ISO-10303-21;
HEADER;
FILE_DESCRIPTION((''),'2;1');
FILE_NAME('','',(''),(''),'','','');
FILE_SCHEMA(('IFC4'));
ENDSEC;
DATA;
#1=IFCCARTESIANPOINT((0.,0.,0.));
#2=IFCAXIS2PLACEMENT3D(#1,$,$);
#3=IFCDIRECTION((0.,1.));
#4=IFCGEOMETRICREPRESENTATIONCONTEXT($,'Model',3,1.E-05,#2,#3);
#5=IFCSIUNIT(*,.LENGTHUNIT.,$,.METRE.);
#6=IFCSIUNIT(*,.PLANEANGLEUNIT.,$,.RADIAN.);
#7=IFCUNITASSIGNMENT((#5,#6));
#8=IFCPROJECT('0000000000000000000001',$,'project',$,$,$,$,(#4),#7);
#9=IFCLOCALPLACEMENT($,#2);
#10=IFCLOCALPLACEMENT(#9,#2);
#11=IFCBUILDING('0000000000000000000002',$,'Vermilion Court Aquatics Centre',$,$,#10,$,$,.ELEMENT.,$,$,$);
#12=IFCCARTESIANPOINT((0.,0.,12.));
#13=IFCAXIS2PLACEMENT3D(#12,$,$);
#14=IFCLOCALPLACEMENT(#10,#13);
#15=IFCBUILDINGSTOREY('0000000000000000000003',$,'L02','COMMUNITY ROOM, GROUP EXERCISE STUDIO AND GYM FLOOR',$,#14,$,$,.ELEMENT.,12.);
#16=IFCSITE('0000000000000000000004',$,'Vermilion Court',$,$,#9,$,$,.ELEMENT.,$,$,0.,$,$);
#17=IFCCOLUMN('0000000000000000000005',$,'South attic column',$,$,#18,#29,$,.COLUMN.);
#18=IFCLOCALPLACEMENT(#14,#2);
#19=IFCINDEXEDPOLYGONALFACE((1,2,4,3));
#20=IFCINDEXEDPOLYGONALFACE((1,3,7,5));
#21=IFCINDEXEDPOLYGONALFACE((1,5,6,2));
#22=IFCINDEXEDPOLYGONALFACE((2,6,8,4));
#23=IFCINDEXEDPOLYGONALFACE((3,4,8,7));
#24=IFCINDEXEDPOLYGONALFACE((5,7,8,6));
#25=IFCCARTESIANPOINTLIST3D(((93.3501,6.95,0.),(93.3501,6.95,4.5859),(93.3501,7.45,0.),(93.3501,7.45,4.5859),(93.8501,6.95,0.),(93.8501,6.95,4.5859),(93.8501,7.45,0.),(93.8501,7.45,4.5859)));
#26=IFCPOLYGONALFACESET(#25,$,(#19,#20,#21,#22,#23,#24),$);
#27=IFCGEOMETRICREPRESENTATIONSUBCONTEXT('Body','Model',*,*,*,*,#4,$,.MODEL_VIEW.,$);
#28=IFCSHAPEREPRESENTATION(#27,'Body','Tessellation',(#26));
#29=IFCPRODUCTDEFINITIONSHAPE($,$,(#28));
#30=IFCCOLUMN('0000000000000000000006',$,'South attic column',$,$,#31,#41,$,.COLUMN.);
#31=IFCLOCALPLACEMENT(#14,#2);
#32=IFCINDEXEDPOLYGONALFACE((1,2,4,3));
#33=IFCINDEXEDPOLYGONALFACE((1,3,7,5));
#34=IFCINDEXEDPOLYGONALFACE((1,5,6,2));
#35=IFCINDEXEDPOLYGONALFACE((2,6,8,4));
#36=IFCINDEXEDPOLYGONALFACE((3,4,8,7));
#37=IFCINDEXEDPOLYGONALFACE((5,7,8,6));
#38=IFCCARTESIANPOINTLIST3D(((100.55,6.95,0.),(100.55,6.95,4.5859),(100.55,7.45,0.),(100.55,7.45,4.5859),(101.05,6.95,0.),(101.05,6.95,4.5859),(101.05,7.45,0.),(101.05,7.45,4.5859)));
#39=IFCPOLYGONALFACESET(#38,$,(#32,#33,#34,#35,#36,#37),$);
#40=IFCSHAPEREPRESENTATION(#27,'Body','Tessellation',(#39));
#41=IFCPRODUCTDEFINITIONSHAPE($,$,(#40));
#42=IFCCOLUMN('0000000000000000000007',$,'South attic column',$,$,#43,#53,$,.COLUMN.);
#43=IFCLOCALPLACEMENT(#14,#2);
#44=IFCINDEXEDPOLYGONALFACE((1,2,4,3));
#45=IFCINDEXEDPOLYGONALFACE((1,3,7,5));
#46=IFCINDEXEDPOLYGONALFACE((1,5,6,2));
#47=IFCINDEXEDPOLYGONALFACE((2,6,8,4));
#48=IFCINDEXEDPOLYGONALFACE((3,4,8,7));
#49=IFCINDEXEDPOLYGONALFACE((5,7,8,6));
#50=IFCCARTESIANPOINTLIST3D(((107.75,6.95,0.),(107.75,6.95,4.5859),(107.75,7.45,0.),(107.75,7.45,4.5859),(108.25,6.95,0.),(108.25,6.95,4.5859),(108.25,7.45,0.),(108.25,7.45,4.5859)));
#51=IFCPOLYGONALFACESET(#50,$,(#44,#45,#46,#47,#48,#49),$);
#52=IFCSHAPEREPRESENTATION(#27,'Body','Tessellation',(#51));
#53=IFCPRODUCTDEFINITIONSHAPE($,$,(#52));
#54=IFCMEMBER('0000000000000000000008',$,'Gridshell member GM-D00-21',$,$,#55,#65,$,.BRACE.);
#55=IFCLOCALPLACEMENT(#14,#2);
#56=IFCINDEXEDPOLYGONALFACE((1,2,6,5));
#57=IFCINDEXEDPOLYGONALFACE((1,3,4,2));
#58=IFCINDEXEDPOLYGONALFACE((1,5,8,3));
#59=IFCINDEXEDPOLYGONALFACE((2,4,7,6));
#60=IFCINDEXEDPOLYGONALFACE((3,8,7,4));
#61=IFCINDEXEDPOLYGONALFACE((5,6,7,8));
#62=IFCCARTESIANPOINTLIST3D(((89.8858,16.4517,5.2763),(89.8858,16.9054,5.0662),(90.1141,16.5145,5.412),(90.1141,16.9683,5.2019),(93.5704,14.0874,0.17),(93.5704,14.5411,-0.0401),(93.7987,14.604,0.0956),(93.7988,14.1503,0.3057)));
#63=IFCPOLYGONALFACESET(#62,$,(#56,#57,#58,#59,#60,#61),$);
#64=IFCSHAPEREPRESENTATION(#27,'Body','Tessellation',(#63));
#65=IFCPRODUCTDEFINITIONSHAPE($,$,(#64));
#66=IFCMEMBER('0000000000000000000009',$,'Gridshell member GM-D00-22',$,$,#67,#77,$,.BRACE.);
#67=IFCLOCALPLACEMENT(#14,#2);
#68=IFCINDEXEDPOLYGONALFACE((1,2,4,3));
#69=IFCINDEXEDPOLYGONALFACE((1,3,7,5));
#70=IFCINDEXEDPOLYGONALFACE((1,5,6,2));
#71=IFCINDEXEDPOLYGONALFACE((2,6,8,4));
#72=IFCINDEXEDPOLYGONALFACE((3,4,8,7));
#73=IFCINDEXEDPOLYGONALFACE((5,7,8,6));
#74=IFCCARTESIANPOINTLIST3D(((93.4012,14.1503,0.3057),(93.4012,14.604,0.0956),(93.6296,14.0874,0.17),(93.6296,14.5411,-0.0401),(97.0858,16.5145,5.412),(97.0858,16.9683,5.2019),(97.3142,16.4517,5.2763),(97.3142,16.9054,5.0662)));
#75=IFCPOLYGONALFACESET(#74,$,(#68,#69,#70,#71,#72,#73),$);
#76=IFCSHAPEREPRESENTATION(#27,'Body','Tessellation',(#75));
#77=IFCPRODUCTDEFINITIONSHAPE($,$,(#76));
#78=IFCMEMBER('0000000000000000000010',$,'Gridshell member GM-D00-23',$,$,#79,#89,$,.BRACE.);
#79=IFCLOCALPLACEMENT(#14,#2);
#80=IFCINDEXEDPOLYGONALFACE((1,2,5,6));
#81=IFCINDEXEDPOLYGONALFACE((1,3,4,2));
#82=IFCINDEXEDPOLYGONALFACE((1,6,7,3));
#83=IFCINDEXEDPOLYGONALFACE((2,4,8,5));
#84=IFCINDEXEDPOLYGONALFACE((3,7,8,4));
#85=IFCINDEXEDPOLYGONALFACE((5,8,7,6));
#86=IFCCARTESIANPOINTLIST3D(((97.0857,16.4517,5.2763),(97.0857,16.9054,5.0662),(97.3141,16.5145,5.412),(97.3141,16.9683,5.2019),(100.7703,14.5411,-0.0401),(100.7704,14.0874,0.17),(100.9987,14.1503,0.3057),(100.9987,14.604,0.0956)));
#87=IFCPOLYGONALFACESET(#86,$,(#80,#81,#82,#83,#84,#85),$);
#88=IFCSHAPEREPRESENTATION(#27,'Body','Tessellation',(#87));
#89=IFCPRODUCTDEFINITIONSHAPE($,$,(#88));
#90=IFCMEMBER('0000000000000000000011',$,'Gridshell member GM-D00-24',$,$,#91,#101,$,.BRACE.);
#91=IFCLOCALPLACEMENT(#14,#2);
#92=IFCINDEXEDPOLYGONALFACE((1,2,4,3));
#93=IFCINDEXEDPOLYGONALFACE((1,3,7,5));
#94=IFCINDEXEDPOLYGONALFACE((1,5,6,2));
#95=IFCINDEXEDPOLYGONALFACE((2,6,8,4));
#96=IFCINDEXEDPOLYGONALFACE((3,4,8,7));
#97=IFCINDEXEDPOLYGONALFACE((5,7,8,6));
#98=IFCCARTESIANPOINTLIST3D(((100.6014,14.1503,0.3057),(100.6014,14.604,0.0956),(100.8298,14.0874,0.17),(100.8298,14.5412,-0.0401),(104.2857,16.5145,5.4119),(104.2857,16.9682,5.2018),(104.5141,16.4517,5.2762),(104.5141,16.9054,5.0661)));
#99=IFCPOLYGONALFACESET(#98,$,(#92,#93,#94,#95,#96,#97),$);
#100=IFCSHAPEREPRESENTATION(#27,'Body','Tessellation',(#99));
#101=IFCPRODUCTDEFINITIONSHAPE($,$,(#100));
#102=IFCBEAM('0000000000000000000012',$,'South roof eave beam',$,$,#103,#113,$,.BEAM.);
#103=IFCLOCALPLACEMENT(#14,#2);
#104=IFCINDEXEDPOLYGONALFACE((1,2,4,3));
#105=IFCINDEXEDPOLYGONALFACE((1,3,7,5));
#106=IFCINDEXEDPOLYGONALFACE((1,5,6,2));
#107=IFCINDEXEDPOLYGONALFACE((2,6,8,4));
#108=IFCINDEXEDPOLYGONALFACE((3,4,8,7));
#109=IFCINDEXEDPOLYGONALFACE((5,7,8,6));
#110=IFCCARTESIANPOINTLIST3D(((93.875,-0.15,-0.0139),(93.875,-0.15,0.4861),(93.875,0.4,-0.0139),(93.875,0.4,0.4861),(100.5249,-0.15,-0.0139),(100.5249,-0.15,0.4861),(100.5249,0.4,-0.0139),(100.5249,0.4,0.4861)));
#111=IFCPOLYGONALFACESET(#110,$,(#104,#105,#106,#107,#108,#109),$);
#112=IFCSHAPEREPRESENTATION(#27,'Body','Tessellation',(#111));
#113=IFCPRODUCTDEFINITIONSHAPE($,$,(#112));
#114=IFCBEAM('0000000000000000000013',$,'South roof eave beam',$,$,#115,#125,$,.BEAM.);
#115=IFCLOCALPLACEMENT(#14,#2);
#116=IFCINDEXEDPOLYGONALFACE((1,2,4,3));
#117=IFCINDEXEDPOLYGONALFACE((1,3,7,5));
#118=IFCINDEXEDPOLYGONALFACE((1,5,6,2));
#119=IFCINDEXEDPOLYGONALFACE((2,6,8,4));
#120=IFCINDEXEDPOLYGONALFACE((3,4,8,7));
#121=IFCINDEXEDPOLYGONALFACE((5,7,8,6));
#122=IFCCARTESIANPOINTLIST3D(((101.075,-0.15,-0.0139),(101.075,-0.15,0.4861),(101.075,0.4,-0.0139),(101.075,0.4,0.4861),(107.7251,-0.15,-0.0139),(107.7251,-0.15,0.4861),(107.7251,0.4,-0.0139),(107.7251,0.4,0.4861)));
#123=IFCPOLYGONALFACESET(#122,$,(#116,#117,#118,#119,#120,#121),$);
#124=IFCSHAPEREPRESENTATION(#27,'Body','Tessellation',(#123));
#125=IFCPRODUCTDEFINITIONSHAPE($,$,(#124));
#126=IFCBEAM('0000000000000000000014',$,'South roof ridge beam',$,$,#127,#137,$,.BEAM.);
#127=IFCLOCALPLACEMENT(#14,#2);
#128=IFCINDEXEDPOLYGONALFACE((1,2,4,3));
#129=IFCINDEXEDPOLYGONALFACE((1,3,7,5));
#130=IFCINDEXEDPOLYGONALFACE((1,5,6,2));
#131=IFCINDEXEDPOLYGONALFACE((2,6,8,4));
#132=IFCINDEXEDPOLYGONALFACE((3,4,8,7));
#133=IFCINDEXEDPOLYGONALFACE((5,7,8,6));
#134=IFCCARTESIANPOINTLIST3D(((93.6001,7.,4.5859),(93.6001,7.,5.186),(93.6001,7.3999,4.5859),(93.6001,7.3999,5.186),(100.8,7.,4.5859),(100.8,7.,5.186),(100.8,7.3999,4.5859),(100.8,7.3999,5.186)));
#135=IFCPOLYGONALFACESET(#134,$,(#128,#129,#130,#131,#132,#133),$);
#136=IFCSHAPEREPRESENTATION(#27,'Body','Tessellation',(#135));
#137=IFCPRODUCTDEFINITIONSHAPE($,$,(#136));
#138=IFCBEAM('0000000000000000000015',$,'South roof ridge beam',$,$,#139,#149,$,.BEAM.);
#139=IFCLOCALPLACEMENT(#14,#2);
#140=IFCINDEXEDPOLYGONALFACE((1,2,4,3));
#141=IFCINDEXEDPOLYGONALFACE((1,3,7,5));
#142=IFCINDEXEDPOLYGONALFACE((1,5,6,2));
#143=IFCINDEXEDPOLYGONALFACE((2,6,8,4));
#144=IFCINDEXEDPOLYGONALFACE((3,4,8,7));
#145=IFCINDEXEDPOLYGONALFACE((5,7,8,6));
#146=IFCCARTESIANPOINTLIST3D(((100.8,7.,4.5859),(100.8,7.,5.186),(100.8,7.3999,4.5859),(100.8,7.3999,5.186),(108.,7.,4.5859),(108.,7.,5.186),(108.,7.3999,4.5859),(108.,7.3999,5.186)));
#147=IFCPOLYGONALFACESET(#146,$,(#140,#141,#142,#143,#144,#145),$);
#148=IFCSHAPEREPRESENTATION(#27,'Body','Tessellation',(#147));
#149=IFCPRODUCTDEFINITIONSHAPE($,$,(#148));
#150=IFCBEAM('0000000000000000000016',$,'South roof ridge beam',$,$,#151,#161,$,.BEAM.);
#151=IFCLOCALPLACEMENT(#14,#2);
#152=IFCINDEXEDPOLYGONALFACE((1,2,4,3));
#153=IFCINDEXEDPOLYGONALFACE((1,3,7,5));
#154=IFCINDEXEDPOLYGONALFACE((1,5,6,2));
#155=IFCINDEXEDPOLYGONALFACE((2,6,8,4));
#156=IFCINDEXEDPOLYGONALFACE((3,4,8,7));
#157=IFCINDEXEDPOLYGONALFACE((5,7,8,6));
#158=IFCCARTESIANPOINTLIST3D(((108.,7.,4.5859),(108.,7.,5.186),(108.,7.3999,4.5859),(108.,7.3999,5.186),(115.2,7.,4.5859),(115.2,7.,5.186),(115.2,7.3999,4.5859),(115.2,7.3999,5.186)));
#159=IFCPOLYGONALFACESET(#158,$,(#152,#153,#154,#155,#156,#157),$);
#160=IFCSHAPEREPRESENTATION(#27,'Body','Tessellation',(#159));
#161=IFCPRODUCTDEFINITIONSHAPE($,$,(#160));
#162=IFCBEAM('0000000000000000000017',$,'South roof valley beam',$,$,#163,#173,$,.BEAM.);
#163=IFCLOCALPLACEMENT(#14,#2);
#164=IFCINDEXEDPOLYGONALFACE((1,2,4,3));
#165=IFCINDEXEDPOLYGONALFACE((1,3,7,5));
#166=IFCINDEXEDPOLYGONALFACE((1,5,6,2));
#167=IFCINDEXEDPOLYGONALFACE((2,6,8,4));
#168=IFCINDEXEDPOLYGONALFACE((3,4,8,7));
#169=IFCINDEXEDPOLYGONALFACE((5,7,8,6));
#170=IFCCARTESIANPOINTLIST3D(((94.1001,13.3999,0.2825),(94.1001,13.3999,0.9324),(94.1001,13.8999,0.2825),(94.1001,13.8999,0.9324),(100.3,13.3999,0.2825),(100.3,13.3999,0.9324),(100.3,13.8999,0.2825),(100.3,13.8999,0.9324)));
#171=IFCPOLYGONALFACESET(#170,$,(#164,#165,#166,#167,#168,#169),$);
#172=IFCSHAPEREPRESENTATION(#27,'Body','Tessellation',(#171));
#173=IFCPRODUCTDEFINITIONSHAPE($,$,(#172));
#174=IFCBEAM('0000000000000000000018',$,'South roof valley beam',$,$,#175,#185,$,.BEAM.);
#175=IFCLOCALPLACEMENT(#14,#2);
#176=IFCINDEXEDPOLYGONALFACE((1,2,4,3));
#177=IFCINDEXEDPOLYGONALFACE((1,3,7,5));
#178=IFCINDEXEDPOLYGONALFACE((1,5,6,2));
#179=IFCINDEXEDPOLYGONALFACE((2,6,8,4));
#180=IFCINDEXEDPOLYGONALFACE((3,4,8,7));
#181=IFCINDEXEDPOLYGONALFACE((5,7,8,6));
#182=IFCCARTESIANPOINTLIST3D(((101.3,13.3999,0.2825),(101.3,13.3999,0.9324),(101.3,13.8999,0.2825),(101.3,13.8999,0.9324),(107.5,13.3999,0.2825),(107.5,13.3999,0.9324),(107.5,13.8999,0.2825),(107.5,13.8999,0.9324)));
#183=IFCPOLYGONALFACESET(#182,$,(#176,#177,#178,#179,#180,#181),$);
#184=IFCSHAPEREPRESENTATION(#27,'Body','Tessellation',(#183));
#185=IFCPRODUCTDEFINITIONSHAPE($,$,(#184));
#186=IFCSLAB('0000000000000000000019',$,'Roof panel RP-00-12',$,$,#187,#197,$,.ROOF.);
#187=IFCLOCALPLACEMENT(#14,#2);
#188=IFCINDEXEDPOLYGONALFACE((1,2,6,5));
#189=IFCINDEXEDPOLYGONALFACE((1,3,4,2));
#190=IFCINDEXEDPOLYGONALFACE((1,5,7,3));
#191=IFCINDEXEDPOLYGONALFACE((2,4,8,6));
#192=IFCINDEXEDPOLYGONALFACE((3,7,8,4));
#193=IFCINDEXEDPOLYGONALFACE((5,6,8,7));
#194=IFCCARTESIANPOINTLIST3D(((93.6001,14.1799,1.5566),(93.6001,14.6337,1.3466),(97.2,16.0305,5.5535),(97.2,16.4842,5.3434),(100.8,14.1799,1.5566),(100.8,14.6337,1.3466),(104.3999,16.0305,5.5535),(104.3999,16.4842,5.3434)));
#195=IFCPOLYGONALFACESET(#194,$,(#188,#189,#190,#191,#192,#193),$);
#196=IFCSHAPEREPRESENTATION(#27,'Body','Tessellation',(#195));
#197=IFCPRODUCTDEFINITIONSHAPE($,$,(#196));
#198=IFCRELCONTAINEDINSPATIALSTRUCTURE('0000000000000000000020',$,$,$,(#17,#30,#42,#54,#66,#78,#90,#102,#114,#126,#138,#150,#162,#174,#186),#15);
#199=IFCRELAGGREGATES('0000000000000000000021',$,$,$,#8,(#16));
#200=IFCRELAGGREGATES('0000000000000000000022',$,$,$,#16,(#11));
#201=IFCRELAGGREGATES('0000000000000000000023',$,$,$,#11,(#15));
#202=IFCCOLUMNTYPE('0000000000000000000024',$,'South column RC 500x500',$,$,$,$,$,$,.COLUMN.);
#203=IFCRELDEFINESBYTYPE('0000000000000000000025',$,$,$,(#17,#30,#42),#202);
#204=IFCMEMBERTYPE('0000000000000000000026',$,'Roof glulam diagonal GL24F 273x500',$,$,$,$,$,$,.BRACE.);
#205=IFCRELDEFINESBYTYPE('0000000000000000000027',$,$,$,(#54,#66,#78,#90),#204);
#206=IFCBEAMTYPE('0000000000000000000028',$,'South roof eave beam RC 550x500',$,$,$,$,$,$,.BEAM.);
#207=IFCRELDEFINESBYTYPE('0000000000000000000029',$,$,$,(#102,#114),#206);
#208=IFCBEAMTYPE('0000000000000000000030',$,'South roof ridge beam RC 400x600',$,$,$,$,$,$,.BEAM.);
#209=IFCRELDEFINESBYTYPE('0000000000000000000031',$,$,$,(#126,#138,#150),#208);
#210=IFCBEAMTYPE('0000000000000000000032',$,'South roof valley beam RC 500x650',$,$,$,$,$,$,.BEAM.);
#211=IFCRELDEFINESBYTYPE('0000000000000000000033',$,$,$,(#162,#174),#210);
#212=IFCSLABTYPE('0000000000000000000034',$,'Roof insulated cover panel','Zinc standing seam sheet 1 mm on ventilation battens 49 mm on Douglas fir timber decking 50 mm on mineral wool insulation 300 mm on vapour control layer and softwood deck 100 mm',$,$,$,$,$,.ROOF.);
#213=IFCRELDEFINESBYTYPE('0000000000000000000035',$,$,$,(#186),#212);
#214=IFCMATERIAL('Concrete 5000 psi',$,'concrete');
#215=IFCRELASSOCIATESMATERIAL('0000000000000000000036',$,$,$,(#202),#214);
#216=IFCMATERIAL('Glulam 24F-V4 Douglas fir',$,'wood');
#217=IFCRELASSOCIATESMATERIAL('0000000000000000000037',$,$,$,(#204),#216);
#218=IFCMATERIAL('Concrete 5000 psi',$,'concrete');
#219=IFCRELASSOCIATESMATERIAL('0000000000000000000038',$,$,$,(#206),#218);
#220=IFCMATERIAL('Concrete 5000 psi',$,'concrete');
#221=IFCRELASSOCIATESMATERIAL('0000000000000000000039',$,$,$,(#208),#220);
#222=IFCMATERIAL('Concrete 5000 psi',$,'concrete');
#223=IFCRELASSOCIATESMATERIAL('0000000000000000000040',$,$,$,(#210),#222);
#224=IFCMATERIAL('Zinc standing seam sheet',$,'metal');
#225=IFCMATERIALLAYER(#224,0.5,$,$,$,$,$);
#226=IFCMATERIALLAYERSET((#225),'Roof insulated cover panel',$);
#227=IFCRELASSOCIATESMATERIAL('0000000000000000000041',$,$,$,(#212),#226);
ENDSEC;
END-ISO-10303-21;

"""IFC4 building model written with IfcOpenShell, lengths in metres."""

from ifc_helpers import new_model, si_unit, direction, frame, origin, origin_2d, place, context, subcontext, project, spatial, polyline, rectangle, outline, extrude, material, layer, layer_set, material_profile, profile_set, type_object, element, save


model = new_model("IFC4")

# Units and contexts
model_context = context("Model", 3, precision=1e-05, world=origin(), true_north=direction((0.0, 1.0)))
body_context = subcontext(model_context, "Body", "Model", "MODEL_VIEW")
ifc_project = project(units=[si_unit("LENGTHUNIT", "METRE"), si_unit("PLANEANGLEUNIT", "RADIAN")], contexts=[model_context])

# Site, building, storey
site_placement = place(None, origin())
site = spatial("IfcSite", under=ifc_project, at=site_placement, Name="Vermilion Court", CompositionType="ELEMENT", RefElevation=0.0)
building_placement = place(site_placement, origin())
building = spatial("IfcBuilding", under=site, at=building_placement, Name="Vermilion Court Aquatics Centre", CompositionType="ELEMENT")
storey_placement = place(building_placement, frame((0.0, 0.0, 12.0)))
storey = spatial("IfcBuildingStorey", under=building, at=storey_placement, Name="L02", Description="COMMUNITY ROOM, GROUP EXERCISE STUDIO AND GYM FLOOR", CompositionType="ELEMENT", Elevation=12.0)

# Columns
ifc_material_1 = material(Name="Concrete 5000 psi", Category="concrete")
ifc_material_profile_1 = material_profile(ifc_material_1, rectangle(XDim=0.5, YDim=0.5, at=origin_2d()), Name="RC 500x500")
ifc_profile_set_1 = profile_set([ifc_material_profile_1], Name="Concrete 5000 psi")
column_type = type_object("IfcColumnType", Name="South column RC 500x500", PredefinedType="COLUMN", material=ifc_profile_set_1)
for number, where, z_axis, x_axis, name in (
    (1, (93.6001, 7.2, 0.0), (0.0, 0.0, 1.0), (1.0, 0.0, 0.0), "South attic column"),
    (2, (100.8, 7.2, 0.0), (0.0, 0.0, 1.0), (1.0, 0.0, 0.0), "South attic column"),
    (3, (108.0, 7.2, 0.0), (0.0, 0.0, 1.0), (1.0, 0.0, 0.0), "South attic column"),
):
    element("IfcColumn", number, at=place(storey_placement, frame(where, z_axis=z_axis, x_axis=x_axis)), inside=storey, type_object=column_type, Name=name, PredefinedType="COLUMN", context=body_context, shape_type="SweptSolid", body=[
        extrude(rectangle(XDim=0.5, YDim=0.5, at=origin_2d()), origin(), (0.0, 0.0, 1.0), 4.5859),
    ])

# Members
ifc_material_2 = material(Name="Glulam 24F-V4 Douglas fir", Category="wood")
ifc_material_profile_2 = material_profile(ifc_material_2, rectangle(XDim=0.2729, YDim=0.5, at=origin_2d()), Name="GL24F 273x500")
ifc_profile_set_2 = profile_set([ifc_material_profile_2], Name="Glulam 24F-V4 Douglas fir")
member_type = type_object("IfcMemberType", Name="Roof glulam diagonal GL24F 273x500", PredefinedType="BRACE", material=ifc_profile_set_2)
for number, where, z_axis, x_axis, name in (
    (4, (93.6846, 14.3457, 0.1328), (-0.54781, 0.35151, 0.759174), (-0.836603, -0.230193, -0.497099), "Gridshell member GM-D00-21"),
    (5, (93.5154, 14.3457, 0.1328), (0.54781, 0.35151, 0.759174), (-0.836603, 0.230193, 0.497099), "Gridshell member GM-D00-22"),
    (6, (100.8845, 14.3457, 0.1328), (-0.54781, 0.35151, 0.759174), (-0.836603, -0.230193, -0.497099), "Gridshell member GM-D00-23"),
):
    element("IfcMember", number, at=place(storey_placement, frame(where, z_axis=z_axis, x_axis=x_axis)), inside=storey, type_object=member_type, Name=name, PredefinedType="BRACE", context=body_context, shape_type="SweptSolid", body=[
        extrude(rectangle(XDim=0.2729, YDim=0.5, at=origin_2d()), origin(), (0.0, 0.0, 1.0), 6.7261),
    ])
member_placement = place(storey_placement, frame((100.7156, 14.3457, 0.1328), z_axis=(0.547785, 0.351517, 0.759189), x_axis=(-0.836619, 0.230161, 0.497085)))
element("IfcMember", 7, at=member_placement, inside=storey, type_object=member_type, Name="Gridshell member GM-D00-24", PredefinedType="BRACE", context=body_context, shape_type="SweptSolid", body=[
    extrude(rectangle(XDim=0.2729, YDim=0.5, at=origin_2d()), origin(), (0.0, 0.0, 1.0), 6.7258),
])

# Beams
ifc_material_3 = material(Name="Concrete 5000 psi", Category="concrete")
ifc_material_profile_3 = material_profile(ifc_material_3, rectangle(XDim=0.55, YDim=0.5, at=origin_2d()), Name="RC 550x500")
ifc_profile_set_3 = profile_set([ifc_material_profile_3], Name="Concrete 5000 psi")
beam_type_1 = type_object("IfcBeamType", Name="South roof eave beam RC 550x500", PredefinedType="BEAM", material=ifc_profile_set_3)
beam_1_placement = place(storey_placement, frame((93.875, 0.125, 0.2361), z_axis=(1.0, 0.0, 0.0), x_axis=(0.0, 1.0, 0.0)))
element("IfcBeam", 8, at=beam_1_placement, inside=storey, type_object=beam_type_1, Name="South roof eave beam", PredefinedType="BEAM", context=body_context, shape_type="SweptSolid", body=[
    extrude(rectangle(XDim=0.55, YDim=0.5, at=origin_2d()), origin(), (0.0, 0.0, 1.0), 6.6499),
])
beam_2_placement = place(storey_placement, frame((101.075, 0.125, 0.2361), z_axis=(1.0, 0.0, 0.0), x_axis=(0.0, 1.0, 0.0)))
element("IfcBeam", 9, at=beam_2_placement, inside=storey, type_object=beam_type_1, Name="South roof eave beam", PredefinedType="BEAM", context=body_context, shape_type="SweptSolid", body=[
    extrude(rectangle(XDim=0.55, YDim=0.5, at=origin_2d()), origin(), (0.0, 0.0, 1.0), 6.6501),
])
ifc_material_4 = material(Name="Concrete 5000 psi", Category="concrete")
ifc_material_profile_4 = material_profile(ifc_material_4, rectangle(XDim=0.3999, YDim=0.6001, at=origin_2d()), Name="RC 400x600")
ifc_profile_set_4 = profile_set([ifc_material_profile_4], Name="Concrete 5000 psi")
beam_type_2 = type_object("IfcBeamType", Name="South roof ridge beam RC 400x600", PredefinedType="BEAM", material=ifc_profile_set_4)
for number, where, z_axis, x_axis, name in (
    (10, (93.6001, 7.2, 4.886), (1.0, 0.0, 0.0), (0.0, 1.0, 0.0), "South roof ridge beam"),
    (11, (100.8, 7.2, 4.886), (1.0, 0.0, 0.0), (0.0, 1.0, 0.0), "South roof ridge beam"),
    (12, (108.0, 7.2, 4.886), (1.0, 0.0, 0.0), (0.0, 1.0, 0.0), "South roof ridge beam"),
):
    element("IfcBeam", number, at=place(storey_placement, frame(where, z_axis=z_axis, x_axis=x_axis)), inside=storey, type_object=beam_type_2, Name=name, PredefinedType="BEAM", context=body_context, shape_type="SweptSolid", body=[
        extrude(rectangle(XDim=0.3999, YDim=0.6001, at=origin_2d()), origin(), (0.0, 0.0, 1.0), 7.2),
    ])
ifc_material_5 = material(Name="Concrete 5000 psi", Category="concrete")
ifc_material_profile_5 = material_profile(ifc_material_5, rectangle(XDim=0.5, YDim=0.6499, at=origin_2d()), Name="RC 500x650")
ifc_profile_set_5 = profile_set([ifc_material_profile_5], Name="Concrete 5000 psi")
beam_type_3 = type_object("IfcBeamType", Name="South roof valley beam RC 500x650", PredefinedType="BEAM", material=ifc_profile_set_5)
for number, where, z_axis, x_axis, name in (
    (13, (94.1001, 13.6499, 0.6074), (1.0, 0.0, 0.0), (0.0, 1.0, 0.0), "South roof valley beam"),
    (14, (101.3, 13.6499, 0.6074), (1.0, 0.0, 0.0), (0.0, 1.0, 0.0), "South roof valley beam"),
):
    element("IfcBeam", number, at=place(storey_placement, frame(where, z_axis=z_axis, x_axis=x_axis)), inside=storey, type_object=beam_type_3, Name=name, PredefinedType="BEAM", context=body_context, shape_type="SweptSolid", body=[
        extrude(rectangle(XDim=0.5, YDim=0.6499, at=origin_2d()), origin(), (0.0, 0.0, 1.0), 6.2),
    ])

# Slab
ifc_material_6 = material(Name="Zinc standing seam sheet", Category="metal")
ifc_layer_1 = layer(ifc_material_6, 0.5)
ifc_layer_set_1 = layer_set([ifc_layer_1], Name="Roof insulated cover panel")
slab_type_1 = type_object("IfcSlabType", Name="Roof insulated cover panel", Description="Zinc standing seam sheet 1 mm on ventilation battens 49 mm on Douglas fir timber decking 50 mm on mineral wool insulation 300 mm on vapour control layer and softwood deck 100 mm", PredefinedType="ROOF", material=ifc_layer_set_1)
slab_1_placement = place(storey_placement, frame((93.6001, 14.1799, 1.5566), z_axis=(0.0, -0.907449, 0.420162), x_axis=(1.0, 0.0, 0.0)))
element("IfcSlab", 15, at=slab_1_placement, inside=storey, type_object=slab_type_1, Name="Roof panel RP-00-12", PredefinedType="ROOF", context=body_context, shape_type="SweptSolid", body=[
    extrude(outline(polyline([(0.0, 0.0), (7.2, 0.0), (10.7998, 4.4045), (3.5999, 4.4045), (0.0, 0.0)])), origin(), (0.0, 0.0, -1.0), 0.5),
])

save(model, "model.ifc")
